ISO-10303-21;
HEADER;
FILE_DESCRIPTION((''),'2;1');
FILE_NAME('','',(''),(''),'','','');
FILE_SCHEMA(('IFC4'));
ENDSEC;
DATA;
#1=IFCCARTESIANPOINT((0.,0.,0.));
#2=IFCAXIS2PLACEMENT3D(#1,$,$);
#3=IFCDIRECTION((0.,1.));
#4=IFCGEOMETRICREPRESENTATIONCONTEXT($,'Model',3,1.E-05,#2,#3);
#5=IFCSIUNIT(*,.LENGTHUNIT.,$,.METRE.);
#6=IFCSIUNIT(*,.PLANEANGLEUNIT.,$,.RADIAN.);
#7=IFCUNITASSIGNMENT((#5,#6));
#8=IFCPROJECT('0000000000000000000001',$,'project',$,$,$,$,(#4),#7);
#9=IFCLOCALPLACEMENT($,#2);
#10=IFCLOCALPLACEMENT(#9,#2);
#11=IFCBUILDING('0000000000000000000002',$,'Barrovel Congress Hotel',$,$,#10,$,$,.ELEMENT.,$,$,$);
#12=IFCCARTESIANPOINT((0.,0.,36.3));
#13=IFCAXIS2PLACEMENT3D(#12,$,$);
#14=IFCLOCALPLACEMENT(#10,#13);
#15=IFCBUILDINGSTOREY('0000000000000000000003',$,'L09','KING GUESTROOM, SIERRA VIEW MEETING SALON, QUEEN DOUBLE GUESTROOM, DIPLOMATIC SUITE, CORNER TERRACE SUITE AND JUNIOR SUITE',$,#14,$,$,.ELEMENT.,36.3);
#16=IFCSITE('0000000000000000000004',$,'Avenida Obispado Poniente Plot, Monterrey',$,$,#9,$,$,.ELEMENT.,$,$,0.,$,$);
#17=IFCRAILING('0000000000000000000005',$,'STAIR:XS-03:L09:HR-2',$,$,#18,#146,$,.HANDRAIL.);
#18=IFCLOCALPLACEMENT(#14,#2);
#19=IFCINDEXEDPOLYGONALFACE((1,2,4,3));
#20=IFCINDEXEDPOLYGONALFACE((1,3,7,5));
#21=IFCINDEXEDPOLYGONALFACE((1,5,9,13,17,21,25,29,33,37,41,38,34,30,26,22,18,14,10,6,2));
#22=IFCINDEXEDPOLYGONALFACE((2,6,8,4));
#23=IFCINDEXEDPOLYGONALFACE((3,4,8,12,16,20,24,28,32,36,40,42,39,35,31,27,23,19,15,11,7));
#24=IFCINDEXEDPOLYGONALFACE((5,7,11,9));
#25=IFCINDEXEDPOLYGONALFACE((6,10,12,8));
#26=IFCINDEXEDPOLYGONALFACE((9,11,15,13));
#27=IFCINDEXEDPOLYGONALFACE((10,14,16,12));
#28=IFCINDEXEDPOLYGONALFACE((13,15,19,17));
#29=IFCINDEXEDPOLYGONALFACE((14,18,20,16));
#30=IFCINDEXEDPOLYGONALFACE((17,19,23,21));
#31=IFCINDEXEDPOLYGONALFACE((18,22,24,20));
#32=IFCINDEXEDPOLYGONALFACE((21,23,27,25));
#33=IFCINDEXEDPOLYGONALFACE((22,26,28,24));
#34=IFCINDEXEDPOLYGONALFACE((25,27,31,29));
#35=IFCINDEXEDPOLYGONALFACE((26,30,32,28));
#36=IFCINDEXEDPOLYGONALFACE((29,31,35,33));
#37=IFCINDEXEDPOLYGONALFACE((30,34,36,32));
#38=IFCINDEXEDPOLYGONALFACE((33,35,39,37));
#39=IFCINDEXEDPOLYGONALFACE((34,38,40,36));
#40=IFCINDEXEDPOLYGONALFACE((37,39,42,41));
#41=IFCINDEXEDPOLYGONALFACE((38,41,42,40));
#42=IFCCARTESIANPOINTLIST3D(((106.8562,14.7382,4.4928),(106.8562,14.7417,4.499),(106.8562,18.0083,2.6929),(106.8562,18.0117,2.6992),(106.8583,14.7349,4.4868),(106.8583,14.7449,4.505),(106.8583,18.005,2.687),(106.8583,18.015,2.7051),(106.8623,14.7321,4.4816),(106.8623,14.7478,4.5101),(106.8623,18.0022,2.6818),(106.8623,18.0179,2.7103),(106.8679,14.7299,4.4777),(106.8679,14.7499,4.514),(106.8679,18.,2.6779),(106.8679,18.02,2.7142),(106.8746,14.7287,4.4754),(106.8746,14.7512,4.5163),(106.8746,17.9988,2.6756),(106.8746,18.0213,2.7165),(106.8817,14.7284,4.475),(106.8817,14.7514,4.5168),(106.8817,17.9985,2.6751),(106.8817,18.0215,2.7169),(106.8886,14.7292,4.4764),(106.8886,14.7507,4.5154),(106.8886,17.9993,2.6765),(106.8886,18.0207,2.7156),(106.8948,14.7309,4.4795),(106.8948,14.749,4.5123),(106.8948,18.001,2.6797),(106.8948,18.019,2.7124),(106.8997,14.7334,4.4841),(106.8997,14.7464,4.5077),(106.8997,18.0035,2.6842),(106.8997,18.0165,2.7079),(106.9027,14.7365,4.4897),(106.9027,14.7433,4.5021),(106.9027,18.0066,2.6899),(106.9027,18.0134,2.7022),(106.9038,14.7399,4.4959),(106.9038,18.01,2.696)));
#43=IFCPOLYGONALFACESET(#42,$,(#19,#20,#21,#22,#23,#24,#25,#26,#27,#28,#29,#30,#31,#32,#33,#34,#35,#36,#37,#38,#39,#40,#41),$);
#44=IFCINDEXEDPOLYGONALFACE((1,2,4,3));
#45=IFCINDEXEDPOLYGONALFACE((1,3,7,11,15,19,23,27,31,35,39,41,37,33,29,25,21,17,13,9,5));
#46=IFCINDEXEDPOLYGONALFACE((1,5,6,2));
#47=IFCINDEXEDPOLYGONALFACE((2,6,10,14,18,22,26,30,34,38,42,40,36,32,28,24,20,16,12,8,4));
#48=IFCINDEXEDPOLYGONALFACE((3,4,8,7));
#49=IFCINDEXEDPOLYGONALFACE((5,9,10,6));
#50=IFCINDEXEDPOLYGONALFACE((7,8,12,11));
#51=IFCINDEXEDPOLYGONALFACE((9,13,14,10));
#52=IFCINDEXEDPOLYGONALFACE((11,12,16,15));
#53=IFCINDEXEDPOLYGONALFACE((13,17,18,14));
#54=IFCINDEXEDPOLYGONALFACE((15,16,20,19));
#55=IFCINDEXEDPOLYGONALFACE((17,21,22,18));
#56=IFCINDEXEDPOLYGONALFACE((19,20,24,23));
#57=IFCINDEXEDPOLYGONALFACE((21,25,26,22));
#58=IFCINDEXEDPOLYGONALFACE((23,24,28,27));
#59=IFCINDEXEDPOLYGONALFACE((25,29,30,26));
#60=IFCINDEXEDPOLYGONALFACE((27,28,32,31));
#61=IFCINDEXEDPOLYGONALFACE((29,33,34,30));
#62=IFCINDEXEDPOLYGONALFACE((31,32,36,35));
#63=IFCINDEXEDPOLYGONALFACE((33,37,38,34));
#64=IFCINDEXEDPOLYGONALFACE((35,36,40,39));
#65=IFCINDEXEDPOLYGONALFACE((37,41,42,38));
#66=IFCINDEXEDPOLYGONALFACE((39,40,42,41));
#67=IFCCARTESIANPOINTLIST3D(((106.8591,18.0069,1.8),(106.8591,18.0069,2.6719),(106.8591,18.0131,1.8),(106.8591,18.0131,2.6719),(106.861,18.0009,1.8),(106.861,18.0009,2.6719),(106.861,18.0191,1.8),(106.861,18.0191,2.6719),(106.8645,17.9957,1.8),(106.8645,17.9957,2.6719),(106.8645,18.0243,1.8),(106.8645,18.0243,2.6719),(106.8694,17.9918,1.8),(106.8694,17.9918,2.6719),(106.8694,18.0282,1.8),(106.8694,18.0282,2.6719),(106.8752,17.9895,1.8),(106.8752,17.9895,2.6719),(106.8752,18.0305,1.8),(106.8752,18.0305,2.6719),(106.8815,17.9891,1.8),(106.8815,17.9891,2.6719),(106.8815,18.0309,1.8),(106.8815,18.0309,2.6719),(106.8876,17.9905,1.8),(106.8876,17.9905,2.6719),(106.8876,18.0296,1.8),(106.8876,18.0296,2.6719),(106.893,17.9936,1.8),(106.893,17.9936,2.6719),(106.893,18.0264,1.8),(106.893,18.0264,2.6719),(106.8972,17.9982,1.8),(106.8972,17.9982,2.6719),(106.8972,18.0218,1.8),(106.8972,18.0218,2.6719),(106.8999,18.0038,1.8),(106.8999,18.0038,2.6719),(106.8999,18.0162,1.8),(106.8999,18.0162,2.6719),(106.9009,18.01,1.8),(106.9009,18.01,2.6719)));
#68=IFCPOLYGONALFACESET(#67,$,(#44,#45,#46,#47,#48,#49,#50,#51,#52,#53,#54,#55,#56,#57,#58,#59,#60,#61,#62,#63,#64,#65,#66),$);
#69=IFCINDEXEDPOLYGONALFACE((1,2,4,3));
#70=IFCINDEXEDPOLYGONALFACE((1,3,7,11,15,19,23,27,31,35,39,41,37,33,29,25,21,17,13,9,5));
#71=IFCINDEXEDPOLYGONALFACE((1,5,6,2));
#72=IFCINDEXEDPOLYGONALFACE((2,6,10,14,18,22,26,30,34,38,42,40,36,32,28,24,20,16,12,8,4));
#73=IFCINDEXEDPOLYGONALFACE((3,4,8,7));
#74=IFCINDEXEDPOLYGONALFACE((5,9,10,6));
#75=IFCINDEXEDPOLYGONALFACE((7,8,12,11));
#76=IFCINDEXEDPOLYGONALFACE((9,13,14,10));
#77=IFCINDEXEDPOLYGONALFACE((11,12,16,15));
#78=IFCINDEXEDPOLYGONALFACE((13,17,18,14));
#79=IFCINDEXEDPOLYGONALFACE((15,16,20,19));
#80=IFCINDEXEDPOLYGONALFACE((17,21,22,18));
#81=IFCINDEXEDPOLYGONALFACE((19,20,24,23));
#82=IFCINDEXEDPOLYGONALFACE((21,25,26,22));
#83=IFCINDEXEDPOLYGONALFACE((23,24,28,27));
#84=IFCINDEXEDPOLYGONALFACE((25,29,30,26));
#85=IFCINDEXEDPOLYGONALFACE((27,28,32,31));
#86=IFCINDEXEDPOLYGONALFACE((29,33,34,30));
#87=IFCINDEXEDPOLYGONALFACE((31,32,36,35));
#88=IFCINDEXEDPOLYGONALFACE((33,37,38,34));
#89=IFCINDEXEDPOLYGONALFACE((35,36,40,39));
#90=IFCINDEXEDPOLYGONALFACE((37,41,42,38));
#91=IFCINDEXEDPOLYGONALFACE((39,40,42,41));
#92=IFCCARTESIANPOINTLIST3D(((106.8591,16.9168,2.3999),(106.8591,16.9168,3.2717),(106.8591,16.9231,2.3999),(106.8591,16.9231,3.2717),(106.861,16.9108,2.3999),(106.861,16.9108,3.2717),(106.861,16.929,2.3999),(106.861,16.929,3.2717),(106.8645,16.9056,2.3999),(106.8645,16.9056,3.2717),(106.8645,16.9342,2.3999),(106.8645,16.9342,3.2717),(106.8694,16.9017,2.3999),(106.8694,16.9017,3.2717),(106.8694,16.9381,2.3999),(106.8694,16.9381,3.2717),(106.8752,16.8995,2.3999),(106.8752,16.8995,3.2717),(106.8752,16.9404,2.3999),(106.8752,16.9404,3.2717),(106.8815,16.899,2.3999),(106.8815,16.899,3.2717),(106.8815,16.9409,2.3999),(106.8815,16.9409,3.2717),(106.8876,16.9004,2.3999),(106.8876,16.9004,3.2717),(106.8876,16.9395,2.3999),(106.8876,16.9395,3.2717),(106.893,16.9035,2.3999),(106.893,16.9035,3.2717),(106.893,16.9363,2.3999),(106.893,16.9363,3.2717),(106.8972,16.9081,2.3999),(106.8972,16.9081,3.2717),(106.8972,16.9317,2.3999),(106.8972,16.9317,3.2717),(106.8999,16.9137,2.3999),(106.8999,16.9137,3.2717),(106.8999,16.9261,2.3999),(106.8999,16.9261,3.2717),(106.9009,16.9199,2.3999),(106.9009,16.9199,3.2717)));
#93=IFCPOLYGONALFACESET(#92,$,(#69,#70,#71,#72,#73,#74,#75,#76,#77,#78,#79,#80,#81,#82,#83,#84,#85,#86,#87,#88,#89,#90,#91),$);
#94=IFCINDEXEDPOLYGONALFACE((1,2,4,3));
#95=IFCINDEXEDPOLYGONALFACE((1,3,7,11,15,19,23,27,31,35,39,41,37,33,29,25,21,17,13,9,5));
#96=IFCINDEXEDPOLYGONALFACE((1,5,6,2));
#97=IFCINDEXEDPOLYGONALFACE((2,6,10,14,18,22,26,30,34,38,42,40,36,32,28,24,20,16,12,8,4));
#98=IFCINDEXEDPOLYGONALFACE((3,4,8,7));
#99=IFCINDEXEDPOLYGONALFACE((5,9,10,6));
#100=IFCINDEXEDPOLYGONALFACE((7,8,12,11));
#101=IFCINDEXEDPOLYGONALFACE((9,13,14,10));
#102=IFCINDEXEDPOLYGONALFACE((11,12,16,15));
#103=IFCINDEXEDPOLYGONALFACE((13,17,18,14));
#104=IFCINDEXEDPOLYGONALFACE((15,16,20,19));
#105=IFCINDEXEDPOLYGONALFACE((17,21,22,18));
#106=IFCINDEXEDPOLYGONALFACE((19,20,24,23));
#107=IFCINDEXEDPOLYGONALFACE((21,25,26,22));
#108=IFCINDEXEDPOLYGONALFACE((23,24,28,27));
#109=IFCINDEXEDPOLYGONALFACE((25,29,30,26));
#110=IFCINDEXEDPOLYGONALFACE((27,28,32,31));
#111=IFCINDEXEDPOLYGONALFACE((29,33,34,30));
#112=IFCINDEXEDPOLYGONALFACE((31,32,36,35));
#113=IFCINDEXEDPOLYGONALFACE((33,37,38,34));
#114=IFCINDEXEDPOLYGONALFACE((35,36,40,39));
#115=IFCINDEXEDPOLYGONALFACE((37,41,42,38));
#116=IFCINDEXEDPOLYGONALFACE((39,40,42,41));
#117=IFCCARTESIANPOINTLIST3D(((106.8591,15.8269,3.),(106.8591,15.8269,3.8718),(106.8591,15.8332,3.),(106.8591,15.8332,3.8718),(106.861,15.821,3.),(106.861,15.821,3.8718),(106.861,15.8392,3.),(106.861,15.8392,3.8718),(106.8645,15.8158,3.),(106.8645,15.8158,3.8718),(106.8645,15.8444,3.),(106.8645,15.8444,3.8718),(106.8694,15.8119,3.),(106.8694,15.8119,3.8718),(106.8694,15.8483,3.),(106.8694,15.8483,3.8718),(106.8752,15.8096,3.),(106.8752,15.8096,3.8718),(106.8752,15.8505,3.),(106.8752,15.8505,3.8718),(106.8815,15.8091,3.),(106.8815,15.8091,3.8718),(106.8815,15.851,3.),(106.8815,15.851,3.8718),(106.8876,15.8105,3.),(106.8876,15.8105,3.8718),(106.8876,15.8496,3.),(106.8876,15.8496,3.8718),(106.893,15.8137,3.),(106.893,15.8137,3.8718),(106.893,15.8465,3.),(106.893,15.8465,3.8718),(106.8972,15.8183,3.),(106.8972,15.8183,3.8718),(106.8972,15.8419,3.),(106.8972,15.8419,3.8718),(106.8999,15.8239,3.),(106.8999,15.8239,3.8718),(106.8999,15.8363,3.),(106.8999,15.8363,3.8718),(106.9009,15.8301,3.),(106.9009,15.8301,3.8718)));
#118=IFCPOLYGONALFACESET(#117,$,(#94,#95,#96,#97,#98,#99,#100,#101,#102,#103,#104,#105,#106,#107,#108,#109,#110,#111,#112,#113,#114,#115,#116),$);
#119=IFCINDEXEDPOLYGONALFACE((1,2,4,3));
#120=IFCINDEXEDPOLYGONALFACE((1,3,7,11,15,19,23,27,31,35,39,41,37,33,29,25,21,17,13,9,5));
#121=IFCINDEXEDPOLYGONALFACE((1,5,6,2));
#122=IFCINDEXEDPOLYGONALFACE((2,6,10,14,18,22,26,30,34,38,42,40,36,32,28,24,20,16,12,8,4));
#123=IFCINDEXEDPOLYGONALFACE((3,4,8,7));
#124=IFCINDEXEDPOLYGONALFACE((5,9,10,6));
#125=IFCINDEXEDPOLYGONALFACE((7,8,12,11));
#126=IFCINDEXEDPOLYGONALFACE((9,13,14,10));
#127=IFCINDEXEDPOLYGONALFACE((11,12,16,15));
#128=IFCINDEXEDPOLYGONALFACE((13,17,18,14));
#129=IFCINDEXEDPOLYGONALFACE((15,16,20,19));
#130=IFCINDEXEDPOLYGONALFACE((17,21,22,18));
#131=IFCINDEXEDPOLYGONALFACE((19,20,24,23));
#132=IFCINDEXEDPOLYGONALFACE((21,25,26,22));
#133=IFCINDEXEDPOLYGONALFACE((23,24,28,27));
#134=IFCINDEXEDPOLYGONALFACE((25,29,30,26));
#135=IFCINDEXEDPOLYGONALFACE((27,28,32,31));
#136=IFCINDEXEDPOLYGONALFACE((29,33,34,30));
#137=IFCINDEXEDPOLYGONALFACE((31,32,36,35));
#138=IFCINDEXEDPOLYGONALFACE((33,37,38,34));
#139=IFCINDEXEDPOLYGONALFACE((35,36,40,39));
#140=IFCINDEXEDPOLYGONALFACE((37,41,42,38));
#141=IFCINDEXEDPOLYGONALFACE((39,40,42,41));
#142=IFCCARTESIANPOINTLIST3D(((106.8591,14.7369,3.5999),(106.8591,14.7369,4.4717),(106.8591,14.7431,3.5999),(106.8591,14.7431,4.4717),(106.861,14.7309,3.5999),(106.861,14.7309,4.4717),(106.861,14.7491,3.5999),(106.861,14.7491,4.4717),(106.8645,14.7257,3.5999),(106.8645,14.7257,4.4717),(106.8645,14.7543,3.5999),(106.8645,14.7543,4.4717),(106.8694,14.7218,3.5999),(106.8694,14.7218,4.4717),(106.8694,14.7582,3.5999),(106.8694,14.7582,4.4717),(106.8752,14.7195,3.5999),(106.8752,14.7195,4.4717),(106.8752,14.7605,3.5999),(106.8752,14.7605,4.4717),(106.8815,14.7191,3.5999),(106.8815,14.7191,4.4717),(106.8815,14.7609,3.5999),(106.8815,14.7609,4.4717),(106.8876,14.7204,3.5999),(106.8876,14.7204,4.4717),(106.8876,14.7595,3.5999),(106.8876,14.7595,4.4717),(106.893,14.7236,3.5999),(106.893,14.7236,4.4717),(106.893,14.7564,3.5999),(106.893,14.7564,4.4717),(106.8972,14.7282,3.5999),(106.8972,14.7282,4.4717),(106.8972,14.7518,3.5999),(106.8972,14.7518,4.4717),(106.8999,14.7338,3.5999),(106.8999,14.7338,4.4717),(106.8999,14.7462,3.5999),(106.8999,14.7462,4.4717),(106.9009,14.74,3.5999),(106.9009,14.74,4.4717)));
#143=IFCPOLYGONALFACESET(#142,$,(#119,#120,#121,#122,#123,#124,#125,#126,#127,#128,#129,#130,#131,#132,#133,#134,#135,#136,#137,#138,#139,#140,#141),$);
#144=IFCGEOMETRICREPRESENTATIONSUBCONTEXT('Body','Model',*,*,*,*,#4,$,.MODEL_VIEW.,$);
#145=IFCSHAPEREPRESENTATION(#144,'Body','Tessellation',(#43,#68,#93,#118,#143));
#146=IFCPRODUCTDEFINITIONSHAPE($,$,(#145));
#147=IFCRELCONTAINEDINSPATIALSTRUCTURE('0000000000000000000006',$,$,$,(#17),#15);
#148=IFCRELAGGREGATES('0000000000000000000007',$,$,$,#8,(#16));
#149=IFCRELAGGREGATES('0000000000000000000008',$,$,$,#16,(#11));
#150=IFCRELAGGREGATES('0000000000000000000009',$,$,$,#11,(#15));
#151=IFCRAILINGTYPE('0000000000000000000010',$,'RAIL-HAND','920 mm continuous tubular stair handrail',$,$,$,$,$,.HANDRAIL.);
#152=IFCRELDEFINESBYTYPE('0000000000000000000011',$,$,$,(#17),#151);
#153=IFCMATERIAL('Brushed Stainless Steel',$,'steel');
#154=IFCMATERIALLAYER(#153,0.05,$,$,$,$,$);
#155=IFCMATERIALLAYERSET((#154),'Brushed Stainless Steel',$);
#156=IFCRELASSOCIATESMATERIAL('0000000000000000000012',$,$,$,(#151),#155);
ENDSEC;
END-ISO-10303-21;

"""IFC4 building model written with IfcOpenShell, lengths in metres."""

from ifc_helpers import new_model, si_unit, direction, frame, origin, origin_2d, place, context, subcontext, project, spatial, circle, extrude, material, layer, layer_set, type_object, element, save


model = new_model("IFC4")

# Units and contexts
model_context = context("Model", 3, precision=1e-05, world=origin(), true_north=direction((0.0, 1.0)))
body_context = subcontext(model_context, "Body", "Model", "MODEL_VIEW")
ifc_project = project(units=[si_unit("LENGTHUNIT", "METRE"), si_unit("PLANEANGLEUNIT", "RADIAN")], contexts=[model_context])

# Site, building, storey
site_placement = place(None, origin())
site = spatial("IfcSite", under=ifc_project, at=site_placement, Name="Avenida Obispado Poniente Plot, Monterrey", CompositionType="ELEMENT", RefElevation=0.0)
building_placement = place(site_placement, origin())
building = spatial("IfcBuilding", under=site, at=building_placement, Name="Barrovel Congress Hotel", CompositionType="ELEMENT")
storey_placement = place(building_placement, frame((0.0, 0.0, 36.3)))
storey = spatial("IfcBuildingStorey", under=building, at=storey_placement, Name="L09", Description="KING GUESTROOM, SIERRA VIEW MEETING SALON, QUEEN DOUBLE GUESTROOM, DIPLOMATIC SUITE, CORNER TERRACE SUITE AND JUNIOR SUITE", CompositionType="ELEMENT", Elevation=36.3)

# Railing
ifc_material_1 = material(Name="Brushed Stainless Steel", Category="steel")
ifc_layer_1 = layer(ifc_material_1, 0.05)
ifc_layer_set_1 = layer_set([ifc_layer_1], Name="Brushed Stainless Steel")
railing_type_1 = type_object("IfcRailingType", Name="RAIL-HAND", Description="920 mm continuous tubular stair handrail", PredefinedType="HANDRAIL", material=ifc_layer_set_1)
railing_1_placement = place(storey_placement, frame((106.8799, 18.01, 1.8)))
element("IfcRailing", 1, at=railing_1_placement, inside=storey, type_object=railing_type_1, Name="STAIR:XS-03:L09:HR-2", PredefinedType="HANDRAIL", context=body_context, shape_type="SweptSolid", body=[
    extrude(circle(Radius=0.0239, at=origin_2d()), frame((0.0, 0.0, 0.896), z_axis=(0.0, -0.876069, 0.482185), x_axis=(1.0, 0.0, 0.0)), (0.0, 0.0, 1.0), 3.7327),
    extrude(circle(Radius=0.021, at=origin_2d()), origin(), (0.0, 0.0, 1.0), 0.8718),
    extrude(circle(Radius=0.021, at=origin_2d()), frame((0.0, -1.0901, 0.5999)), (0.0, 0.0, 1.0), 0.8718),
    extrude(circle(Radius=0.021, at=origin_2d()), frame((0.0, -2.1799, 1.2)), (0.0, 0.0, 1.0), 0.8718),
    extrude(circle(Radius=0.021, at=origin_2d()), frame((0.0, -3.27, 1.7998)), (0.0, 0.0, 1.0), 0.8718),
])

save(model, "model.ifc")
